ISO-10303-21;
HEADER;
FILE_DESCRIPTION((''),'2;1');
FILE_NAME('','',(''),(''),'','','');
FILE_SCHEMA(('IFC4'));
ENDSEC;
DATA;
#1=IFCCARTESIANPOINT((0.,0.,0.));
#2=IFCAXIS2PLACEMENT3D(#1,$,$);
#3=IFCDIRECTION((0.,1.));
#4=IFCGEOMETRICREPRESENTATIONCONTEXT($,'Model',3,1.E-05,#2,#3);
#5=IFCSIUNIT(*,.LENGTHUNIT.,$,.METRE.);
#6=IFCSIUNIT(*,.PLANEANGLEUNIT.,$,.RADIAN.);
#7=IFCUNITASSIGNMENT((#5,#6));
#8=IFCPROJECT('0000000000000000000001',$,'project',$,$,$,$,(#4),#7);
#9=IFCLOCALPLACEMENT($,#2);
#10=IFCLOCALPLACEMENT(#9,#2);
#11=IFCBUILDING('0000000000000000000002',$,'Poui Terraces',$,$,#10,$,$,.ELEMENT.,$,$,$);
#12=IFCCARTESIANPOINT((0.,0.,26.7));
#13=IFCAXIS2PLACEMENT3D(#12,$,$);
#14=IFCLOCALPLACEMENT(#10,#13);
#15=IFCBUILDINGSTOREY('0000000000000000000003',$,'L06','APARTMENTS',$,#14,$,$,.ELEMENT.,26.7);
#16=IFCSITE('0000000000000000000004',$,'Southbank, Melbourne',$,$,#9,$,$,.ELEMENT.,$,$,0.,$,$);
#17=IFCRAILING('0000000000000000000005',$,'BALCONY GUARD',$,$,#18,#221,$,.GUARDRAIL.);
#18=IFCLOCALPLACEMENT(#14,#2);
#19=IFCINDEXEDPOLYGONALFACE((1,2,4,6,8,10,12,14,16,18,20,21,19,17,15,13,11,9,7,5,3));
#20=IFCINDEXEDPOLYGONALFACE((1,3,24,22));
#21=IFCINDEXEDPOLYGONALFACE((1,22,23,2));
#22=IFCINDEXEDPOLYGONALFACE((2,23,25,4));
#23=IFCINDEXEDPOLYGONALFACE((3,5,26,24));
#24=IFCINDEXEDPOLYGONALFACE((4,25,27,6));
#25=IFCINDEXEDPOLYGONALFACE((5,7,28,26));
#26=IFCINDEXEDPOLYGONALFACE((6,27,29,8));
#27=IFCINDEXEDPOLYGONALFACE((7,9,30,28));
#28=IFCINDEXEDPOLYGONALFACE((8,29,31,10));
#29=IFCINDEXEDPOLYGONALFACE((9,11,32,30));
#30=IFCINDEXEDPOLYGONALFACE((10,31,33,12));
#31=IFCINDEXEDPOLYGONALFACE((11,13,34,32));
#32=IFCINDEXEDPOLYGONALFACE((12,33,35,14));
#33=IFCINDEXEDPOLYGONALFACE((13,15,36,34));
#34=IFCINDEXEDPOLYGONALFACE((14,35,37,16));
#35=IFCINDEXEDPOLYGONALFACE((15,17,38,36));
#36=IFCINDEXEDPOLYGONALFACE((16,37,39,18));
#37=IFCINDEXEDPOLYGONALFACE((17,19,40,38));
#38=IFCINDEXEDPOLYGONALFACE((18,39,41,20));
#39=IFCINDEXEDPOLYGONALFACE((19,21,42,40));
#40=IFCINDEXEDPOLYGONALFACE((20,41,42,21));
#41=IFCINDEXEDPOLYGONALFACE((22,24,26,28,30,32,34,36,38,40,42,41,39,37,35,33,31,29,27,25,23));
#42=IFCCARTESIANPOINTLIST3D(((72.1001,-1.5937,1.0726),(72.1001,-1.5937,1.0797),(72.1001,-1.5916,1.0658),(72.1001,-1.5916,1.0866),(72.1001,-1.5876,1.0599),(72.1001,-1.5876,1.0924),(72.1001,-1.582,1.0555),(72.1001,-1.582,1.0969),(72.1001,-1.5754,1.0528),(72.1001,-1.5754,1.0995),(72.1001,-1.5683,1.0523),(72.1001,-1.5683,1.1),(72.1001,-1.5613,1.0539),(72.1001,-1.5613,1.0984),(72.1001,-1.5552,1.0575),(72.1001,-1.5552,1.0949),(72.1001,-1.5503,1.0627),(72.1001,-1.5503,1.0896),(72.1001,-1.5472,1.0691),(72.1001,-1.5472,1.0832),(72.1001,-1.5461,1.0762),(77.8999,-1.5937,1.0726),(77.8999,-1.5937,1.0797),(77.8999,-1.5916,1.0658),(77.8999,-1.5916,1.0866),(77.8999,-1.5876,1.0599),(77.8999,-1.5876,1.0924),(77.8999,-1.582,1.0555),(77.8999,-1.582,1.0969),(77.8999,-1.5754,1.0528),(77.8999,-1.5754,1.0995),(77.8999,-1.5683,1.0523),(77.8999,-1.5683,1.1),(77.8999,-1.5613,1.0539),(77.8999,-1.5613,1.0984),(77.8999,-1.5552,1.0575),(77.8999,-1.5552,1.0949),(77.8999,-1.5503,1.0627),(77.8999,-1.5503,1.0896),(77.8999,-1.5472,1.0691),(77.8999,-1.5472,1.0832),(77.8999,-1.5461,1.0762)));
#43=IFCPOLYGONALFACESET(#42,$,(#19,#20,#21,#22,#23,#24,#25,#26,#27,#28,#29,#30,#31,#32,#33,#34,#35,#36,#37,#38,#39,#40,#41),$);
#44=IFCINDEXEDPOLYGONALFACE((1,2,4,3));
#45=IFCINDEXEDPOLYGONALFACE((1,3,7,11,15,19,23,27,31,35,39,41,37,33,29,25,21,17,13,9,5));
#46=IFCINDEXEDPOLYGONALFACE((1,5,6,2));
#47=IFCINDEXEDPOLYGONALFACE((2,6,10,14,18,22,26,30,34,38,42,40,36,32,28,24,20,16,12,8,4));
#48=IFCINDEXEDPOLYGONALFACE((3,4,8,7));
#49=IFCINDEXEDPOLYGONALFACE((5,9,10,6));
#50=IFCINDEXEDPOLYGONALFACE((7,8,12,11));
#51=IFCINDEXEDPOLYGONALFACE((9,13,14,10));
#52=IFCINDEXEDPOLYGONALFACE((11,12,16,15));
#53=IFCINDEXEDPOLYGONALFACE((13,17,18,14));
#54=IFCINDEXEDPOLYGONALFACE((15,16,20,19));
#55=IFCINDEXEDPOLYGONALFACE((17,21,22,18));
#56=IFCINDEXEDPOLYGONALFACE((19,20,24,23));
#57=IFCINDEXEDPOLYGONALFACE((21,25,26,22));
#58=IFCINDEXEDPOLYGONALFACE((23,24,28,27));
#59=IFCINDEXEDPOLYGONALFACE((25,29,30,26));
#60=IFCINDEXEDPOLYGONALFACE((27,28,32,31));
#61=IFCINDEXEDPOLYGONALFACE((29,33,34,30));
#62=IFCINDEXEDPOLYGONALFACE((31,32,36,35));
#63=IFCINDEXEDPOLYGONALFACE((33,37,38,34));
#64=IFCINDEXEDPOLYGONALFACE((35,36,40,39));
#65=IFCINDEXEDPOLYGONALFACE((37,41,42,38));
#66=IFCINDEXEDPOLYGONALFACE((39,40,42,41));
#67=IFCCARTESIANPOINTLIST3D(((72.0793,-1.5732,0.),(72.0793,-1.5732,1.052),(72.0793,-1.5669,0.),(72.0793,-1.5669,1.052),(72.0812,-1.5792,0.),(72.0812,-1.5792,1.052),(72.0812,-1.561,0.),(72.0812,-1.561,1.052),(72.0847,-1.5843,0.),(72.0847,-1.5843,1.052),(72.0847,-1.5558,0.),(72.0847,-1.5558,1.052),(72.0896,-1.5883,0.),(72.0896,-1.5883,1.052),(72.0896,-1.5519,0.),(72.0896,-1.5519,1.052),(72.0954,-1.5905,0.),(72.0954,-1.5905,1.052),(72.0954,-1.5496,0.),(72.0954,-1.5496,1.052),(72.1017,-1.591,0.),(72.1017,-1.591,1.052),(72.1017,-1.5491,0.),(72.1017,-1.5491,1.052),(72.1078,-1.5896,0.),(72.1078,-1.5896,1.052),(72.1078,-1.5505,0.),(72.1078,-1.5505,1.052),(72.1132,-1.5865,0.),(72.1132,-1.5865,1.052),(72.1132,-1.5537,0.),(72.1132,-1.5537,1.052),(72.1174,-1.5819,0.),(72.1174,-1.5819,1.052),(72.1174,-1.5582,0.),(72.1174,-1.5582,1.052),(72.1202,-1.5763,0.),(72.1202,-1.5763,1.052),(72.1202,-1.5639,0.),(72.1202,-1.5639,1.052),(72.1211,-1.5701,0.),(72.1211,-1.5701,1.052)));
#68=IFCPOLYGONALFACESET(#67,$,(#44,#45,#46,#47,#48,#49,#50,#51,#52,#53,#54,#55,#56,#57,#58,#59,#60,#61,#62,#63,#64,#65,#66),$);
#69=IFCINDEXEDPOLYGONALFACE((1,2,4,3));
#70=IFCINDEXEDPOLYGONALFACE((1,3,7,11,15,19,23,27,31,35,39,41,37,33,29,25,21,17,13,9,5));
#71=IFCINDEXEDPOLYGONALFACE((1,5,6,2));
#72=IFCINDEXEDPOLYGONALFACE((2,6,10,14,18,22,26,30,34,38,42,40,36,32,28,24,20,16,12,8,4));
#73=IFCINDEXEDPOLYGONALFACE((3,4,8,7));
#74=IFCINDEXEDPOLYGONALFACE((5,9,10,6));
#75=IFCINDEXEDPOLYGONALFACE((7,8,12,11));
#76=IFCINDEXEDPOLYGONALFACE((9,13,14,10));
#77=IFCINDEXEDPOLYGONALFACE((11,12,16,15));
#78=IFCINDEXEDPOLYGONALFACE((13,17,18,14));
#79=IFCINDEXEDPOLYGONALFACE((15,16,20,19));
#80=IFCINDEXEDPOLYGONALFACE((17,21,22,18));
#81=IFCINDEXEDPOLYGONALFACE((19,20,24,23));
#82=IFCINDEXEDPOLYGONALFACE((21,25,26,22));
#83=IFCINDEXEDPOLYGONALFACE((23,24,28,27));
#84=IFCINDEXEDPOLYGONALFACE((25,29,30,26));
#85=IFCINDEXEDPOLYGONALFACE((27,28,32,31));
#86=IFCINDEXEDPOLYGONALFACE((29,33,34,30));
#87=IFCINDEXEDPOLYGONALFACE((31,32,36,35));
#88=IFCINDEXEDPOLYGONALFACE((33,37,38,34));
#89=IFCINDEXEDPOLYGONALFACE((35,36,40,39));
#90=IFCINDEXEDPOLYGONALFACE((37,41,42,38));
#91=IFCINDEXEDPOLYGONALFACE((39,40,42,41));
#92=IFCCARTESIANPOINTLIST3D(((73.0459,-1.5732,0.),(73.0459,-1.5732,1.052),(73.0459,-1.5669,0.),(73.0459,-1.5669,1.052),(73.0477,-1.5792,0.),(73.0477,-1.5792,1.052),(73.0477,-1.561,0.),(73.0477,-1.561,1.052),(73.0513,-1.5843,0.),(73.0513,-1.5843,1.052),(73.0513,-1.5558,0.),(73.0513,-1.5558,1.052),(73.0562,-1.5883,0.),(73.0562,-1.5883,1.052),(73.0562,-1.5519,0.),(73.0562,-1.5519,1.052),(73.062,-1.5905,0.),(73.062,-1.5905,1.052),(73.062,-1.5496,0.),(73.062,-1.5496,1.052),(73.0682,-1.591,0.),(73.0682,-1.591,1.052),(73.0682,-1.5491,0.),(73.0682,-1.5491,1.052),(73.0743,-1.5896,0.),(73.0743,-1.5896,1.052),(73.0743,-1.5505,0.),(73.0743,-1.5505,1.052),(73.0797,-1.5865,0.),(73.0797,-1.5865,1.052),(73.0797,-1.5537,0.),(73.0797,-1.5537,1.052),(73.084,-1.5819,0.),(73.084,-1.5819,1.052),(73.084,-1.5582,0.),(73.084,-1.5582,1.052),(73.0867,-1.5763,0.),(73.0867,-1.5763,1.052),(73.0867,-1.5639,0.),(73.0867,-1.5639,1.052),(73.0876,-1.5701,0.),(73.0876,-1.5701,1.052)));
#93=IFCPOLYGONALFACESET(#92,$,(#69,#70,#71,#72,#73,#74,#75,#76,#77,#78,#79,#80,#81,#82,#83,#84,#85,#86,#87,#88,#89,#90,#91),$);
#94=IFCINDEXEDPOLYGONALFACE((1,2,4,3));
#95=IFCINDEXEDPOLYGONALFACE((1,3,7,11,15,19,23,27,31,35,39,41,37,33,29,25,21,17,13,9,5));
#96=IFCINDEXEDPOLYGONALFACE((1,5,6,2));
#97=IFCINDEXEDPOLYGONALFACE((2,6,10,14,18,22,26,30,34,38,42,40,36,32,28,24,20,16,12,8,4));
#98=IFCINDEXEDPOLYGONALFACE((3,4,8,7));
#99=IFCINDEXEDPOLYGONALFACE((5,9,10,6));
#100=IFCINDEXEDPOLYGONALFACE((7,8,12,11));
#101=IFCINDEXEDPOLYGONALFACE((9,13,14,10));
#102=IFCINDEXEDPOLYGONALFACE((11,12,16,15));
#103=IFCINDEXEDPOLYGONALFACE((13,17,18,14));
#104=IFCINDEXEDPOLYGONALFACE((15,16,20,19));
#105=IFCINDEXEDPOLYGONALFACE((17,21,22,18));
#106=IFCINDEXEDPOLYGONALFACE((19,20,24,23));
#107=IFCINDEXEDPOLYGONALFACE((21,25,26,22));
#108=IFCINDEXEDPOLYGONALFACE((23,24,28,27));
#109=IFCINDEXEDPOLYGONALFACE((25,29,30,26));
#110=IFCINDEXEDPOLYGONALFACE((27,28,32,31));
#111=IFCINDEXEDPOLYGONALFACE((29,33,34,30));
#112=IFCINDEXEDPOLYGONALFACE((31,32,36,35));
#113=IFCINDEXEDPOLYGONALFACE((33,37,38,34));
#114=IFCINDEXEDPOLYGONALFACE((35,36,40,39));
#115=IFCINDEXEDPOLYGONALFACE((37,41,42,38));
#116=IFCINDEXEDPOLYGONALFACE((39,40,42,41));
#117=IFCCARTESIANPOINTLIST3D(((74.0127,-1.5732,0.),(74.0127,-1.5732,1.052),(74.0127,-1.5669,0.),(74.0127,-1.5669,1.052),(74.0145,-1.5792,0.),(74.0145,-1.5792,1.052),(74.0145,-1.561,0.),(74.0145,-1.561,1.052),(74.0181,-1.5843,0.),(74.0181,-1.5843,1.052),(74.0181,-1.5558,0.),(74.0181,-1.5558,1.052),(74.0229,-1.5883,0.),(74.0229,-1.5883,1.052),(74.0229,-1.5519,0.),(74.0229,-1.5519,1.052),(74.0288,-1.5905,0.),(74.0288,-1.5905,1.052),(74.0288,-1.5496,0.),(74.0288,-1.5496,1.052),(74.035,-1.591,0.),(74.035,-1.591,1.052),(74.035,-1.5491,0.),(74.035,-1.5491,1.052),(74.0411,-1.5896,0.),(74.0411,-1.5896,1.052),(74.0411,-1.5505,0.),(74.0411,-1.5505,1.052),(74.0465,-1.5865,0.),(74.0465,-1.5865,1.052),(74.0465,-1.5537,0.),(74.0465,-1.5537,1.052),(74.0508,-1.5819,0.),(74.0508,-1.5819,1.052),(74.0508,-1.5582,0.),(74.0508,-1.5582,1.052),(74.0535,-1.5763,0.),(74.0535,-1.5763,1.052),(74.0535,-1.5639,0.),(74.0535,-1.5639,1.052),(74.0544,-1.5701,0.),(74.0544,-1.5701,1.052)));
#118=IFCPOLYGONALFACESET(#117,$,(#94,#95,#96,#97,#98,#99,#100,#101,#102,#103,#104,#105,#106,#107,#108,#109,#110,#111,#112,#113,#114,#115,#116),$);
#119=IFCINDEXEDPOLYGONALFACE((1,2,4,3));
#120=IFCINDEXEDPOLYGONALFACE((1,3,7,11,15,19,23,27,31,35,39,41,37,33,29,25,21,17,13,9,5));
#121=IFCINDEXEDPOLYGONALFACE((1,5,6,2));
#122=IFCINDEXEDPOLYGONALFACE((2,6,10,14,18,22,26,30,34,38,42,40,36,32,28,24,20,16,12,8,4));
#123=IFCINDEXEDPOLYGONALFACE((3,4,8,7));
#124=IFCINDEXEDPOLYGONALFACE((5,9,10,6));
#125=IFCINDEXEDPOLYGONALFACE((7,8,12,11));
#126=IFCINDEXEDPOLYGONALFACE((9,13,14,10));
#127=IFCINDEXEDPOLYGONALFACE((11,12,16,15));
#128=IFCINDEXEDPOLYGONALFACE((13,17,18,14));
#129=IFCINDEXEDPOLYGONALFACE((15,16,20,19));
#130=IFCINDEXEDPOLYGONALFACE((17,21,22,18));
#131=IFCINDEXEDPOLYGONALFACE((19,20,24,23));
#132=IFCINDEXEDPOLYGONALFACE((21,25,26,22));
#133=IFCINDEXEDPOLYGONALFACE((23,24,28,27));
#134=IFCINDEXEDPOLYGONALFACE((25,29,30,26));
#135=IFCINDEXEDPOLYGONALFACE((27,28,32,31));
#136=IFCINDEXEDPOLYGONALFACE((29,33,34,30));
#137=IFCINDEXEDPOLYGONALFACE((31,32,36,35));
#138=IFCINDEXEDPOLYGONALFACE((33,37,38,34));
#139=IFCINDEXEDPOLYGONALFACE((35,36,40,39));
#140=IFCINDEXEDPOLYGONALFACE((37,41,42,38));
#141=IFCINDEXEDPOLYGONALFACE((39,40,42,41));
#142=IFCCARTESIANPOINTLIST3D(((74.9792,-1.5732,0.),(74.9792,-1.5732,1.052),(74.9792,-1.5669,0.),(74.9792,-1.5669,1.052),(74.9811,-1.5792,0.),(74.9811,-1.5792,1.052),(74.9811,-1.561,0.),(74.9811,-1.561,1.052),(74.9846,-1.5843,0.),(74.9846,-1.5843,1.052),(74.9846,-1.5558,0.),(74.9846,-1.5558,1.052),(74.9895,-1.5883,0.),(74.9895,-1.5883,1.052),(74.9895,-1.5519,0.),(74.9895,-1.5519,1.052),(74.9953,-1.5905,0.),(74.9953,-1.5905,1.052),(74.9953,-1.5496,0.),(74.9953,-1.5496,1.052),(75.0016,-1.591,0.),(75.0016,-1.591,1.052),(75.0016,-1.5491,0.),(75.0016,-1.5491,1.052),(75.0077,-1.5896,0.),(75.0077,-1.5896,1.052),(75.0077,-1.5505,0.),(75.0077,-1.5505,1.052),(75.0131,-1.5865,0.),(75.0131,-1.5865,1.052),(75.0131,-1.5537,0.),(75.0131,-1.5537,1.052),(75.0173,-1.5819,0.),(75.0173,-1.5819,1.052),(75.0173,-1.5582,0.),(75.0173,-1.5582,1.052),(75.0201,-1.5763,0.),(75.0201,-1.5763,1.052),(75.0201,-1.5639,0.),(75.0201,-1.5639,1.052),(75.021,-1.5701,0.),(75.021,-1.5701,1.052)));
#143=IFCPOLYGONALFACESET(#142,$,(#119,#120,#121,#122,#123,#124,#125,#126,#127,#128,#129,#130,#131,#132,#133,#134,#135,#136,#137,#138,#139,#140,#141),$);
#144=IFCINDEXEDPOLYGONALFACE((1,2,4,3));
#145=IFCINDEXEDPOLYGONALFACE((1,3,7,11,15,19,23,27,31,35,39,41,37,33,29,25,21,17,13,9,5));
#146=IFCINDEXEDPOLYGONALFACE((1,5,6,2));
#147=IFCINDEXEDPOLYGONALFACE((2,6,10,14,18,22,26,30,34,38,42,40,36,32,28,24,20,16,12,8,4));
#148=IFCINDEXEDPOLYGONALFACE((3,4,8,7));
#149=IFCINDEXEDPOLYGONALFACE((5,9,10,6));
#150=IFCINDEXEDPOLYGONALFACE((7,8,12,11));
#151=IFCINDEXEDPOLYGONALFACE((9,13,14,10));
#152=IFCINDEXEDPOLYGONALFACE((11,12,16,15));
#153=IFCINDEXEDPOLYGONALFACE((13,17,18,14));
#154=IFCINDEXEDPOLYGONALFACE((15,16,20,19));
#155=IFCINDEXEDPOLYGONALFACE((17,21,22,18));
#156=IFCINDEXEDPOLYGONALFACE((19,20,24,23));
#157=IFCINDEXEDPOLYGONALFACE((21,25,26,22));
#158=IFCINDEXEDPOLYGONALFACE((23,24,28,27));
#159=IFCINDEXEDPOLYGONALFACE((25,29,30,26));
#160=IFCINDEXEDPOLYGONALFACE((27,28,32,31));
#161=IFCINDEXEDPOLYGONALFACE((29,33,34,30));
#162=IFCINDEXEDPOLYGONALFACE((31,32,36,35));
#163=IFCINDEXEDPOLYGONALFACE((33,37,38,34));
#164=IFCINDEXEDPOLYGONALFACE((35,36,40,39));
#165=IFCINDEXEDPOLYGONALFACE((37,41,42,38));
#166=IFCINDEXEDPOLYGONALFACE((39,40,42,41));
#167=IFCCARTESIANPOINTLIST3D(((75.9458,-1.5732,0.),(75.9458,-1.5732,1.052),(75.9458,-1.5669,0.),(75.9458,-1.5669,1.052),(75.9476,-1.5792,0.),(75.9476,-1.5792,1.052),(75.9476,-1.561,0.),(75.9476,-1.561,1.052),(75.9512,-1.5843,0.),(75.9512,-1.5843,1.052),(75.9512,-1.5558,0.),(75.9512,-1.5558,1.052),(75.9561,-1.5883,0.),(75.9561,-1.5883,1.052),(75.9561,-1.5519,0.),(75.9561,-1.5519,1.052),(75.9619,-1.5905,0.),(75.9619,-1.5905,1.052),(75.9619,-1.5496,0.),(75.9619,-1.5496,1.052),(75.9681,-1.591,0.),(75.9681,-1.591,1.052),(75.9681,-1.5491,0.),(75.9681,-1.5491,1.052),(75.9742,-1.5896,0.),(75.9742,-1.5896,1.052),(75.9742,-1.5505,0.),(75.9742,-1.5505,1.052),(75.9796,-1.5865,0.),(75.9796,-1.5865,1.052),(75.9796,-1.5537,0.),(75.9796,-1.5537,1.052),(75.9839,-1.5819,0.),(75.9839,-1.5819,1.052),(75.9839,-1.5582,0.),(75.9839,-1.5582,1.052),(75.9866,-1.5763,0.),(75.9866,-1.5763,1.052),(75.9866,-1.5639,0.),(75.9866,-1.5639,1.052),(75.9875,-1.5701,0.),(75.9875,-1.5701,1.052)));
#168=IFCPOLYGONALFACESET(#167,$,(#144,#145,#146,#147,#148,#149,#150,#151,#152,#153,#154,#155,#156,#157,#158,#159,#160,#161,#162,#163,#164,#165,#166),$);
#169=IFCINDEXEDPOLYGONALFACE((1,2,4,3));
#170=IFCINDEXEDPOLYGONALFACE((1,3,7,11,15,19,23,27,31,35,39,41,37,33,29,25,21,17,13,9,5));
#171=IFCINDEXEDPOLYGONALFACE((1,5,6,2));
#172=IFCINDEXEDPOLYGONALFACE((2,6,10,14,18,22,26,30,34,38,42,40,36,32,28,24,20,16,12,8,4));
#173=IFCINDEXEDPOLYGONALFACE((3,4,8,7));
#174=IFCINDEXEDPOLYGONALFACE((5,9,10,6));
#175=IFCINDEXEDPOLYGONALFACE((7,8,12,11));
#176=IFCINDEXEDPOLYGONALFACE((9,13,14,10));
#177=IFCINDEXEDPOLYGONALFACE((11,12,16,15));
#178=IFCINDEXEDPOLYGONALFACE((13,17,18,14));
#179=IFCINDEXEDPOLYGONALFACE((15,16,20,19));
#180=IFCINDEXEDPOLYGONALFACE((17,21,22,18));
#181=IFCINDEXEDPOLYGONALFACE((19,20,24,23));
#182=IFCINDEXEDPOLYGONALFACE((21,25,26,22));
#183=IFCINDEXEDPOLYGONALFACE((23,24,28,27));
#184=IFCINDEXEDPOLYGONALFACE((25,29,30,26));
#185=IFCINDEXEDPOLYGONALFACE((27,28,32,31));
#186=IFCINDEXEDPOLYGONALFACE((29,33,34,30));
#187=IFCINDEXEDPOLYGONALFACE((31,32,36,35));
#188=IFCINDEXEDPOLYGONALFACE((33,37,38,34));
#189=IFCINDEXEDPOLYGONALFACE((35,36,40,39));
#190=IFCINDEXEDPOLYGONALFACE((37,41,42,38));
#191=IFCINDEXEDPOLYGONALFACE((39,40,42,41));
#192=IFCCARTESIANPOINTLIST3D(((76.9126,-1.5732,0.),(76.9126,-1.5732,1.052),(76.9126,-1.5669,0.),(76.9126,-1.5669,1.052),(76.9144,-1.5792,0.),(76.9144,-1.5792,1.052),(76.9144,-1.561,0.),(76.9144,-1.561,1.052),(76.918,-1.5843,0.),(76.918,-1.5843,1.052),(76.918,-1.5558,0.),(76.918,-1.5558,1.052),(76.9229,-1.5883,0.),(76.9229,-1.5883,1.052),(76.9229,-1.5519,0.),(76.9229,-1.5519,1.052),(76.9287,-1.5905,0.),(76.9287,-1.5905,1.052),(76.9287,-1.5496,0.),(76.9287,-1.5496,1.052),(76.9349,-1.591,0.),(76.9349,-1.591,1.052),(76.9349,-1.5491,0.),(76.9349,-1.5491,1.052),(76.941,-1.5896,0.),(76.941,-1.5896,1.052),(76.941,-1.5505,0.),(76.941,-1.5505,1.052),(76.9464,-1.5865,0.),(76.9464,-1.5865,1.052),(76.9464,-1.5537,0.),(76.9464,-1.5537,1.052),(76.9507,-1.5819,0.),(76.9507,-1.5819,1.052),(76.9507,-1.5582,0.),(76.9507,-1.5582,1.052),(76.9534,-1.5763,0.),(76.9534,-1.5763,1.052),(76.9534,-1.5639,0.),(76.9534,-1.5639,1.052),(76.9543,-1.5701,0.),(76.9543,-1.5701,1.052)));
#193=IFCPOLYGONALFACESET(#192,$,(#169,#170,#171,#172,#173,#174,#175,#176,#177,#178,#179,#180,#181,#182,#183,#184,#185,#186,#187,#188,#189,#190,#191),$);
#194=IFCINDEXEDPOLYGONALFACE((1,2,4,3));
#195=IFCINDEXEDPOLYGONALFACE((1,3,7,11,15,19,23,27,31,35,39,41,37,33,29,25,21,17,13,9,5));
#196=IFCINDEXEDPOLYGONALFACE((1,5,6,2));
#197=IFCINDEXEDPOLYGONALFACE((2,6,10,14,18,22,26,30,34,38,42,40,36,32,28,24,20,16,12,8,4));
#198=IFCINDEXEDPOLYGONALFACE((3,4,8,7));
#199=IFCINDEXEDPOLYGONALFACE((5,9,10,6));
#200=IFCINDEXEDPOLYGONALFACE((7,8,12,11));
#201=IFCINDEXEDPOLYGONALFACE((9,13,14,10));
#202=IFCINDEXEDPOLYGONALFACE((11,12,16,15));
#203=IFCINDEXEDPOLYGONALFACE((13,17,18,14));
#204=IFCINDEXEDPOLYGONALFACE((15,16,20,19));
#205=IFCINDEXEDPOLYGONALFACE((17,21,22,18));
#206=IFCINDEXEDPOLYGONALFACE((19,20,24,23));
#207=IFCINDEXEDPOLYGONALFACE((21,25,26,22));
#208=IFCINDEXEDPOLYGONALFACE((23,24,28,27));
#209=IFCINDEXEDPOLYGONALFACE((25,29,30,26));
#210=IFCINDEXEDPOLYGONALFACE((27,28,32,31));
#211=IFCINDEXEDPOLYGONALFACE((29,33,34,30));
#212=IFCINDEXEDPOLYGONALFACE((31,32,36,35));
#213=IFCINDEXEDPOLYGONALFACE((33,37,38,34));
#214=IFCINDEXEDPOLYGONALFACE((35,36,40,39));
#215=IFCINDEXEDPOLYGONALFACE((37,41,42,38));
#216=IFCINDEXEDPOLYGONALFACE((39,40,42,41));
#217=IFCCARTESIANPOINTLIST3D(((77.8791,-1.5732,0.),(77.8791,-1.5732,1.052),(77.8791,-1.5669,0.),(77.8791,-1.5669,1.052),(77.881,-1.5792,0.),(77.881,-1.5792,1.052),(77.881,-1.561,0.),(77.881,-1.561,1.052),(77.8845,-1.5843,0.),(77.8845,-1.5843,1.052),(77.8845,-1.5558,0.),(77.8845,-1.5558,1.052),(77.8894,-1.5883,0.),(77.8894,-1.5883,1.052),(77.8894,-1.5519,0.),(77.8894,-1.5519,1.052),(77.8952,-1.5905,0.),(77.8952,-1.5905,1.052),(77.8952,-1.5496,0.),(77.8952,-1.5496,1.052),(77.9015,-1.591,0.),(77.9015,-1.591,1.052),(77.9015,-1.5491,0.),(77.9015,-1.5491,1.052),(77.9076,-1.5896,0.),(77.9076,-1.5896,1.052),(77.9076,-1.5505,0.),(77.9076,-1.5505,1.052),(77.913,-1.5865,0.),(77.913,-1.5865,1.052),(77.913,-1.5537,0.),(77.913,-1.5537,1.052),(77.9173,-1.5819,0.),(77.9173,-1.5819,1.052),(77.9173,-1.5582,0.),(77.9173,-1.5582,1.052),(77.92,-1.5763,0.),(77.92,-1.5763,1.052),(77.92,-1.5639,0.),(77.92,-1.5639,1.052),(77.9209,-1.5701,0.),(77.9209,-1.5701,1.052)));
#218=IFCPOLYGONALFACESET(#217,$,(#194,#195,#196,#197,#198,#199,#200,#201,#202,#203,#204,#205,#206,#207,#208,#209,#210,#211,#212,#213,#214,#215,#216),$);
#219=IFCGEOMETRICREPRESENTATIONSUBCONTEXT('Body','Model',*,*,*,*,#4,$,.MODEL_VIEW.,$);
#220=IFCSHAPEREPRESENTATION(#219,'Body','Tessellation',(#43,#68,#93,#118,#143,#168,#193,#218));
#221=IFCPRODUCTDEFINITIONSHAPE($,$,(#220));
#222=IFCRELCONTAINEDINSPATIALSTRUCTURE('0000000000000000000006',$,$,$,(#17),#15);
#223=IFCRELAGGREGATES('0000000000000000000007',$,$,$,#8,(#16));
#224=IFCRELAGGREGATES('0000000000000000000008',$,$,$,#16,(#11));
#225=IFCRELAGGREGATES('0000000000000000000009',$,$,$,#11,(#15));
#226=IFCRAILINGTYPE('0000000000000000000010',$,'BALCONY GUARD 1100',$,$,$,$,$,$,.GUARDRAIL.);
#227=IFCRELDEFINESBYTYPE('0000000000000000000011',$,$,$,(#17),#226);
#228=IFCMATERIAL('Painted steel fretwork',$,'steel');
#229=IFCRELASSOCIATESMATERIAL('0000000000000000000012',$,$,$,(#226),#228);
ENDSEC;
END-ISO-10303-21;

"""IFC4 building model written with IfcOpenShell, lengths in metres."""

from ifc_helpers import new_model, si_unit, direction, frame, origin, origin_2d, place, context, subcontext, project, spatial, circle, extrude, material, type_object, element, save


model = new_model("IFC4")

# Units and contexts
model_context = context("Model", 3, precision=1e-05, world=origin(), true_north=direction((0.0, 1.0)))
body_context = subcontext(model_context, "Body", "Model", "MODEL_VIEW")
ifc_project = project(units=[si_unit("LENGTHUNIT", "METRE"), si_unit("PLANEANGLEUNIT", "RADIAN")], contexts=[model_context])

# Site, building, storey
site_placement = place(None, origin())
site = spatial("IfcSite", under=ifc_project, at=site_placement, Name="Southbank, Melbourne", CompositionType="ELEMENT", RefElevation=0.0)
building_placement = place(site_placement, origin())
building = spatial("IfcBuilding", under=site, at=building_placement, Name="Poui Terraces", CompositionType="ELEMENT")
storey_placement = place(building_placement, frame((0.0, 0.0, 26.7)))
storey = spatial("IfcBuildingStorey", under=building, at=storey_placement, Name="L06", Description="APARTMENTS", CompositionType="ELEMENT", Elevation=26.7)

# Railing
ifc_material_1 = material(Name="Painted steel fretwork", Category="steel")
railing_type = type_object("IfcRailingType", Name="BALCONY GUARD 1100", PredefinedType="GUARDRAIL", material=ifc_material_1)
railing_placement = place(storey_placement, frame((72.1001, -1.5701, 0.0)))
element("IfcRailing", 1, at=railing_placement, inside=storey, type_object=railing_type, Name="BALCONY GUARD", PredefinedType="GUARDRAIL", context=body_context, shape_type="SweptSolid", body=[
    extrude(circle(Radius=0.0239, at=origin_2d()), frame((0.0, 0.0, 1.0762), z_axis=(1.0, 0.0, 0.0), x_axis=(0.0, 1.0, 0.0)), (0.0, 0.0, 1.0), 5.7998),
    extrude(circle(Radius=0.021, at=origin_2d()), origin(), (0.0, 0.0, 1.0), 1.052),
    extrude(circle(Radius=0.021, at=origin_2d()), frame((0.9666, 0.0, 0.0)), (0.0, 0.0, 1.0), 1.052),
    extrude(circle(Radius=0.021, at=origin_2d()), frame((1.9333, 0.0, 0.0)), (0.0, 0.0, 1.0), 1.052),
    extrude(circle(Radius=0.021, at=origin_2d()), frame((2.8999, 0.0, 0.0)), (0.0, 0.0, 1.0), 1.052),
    extrude(circle(Radius=0.021, at=origin_2d()), frame((3.8665, 0.0, 0.0)), (0.0, 0.0, 1.0), 1.052),
    extrude(circle(Radius=0.021, at=origin_2d()), frame((4.8333, 0.0, 0.0)), (0.0, 0.0, 1.0), 1.052),
    extrude(circle(Radius=0.021, at=origin_2d()), frame((5.7998, 0.0, 0.0)), (0.0, 0.0, 1.0), 1.052),
])

save(model, "model.ifc")
